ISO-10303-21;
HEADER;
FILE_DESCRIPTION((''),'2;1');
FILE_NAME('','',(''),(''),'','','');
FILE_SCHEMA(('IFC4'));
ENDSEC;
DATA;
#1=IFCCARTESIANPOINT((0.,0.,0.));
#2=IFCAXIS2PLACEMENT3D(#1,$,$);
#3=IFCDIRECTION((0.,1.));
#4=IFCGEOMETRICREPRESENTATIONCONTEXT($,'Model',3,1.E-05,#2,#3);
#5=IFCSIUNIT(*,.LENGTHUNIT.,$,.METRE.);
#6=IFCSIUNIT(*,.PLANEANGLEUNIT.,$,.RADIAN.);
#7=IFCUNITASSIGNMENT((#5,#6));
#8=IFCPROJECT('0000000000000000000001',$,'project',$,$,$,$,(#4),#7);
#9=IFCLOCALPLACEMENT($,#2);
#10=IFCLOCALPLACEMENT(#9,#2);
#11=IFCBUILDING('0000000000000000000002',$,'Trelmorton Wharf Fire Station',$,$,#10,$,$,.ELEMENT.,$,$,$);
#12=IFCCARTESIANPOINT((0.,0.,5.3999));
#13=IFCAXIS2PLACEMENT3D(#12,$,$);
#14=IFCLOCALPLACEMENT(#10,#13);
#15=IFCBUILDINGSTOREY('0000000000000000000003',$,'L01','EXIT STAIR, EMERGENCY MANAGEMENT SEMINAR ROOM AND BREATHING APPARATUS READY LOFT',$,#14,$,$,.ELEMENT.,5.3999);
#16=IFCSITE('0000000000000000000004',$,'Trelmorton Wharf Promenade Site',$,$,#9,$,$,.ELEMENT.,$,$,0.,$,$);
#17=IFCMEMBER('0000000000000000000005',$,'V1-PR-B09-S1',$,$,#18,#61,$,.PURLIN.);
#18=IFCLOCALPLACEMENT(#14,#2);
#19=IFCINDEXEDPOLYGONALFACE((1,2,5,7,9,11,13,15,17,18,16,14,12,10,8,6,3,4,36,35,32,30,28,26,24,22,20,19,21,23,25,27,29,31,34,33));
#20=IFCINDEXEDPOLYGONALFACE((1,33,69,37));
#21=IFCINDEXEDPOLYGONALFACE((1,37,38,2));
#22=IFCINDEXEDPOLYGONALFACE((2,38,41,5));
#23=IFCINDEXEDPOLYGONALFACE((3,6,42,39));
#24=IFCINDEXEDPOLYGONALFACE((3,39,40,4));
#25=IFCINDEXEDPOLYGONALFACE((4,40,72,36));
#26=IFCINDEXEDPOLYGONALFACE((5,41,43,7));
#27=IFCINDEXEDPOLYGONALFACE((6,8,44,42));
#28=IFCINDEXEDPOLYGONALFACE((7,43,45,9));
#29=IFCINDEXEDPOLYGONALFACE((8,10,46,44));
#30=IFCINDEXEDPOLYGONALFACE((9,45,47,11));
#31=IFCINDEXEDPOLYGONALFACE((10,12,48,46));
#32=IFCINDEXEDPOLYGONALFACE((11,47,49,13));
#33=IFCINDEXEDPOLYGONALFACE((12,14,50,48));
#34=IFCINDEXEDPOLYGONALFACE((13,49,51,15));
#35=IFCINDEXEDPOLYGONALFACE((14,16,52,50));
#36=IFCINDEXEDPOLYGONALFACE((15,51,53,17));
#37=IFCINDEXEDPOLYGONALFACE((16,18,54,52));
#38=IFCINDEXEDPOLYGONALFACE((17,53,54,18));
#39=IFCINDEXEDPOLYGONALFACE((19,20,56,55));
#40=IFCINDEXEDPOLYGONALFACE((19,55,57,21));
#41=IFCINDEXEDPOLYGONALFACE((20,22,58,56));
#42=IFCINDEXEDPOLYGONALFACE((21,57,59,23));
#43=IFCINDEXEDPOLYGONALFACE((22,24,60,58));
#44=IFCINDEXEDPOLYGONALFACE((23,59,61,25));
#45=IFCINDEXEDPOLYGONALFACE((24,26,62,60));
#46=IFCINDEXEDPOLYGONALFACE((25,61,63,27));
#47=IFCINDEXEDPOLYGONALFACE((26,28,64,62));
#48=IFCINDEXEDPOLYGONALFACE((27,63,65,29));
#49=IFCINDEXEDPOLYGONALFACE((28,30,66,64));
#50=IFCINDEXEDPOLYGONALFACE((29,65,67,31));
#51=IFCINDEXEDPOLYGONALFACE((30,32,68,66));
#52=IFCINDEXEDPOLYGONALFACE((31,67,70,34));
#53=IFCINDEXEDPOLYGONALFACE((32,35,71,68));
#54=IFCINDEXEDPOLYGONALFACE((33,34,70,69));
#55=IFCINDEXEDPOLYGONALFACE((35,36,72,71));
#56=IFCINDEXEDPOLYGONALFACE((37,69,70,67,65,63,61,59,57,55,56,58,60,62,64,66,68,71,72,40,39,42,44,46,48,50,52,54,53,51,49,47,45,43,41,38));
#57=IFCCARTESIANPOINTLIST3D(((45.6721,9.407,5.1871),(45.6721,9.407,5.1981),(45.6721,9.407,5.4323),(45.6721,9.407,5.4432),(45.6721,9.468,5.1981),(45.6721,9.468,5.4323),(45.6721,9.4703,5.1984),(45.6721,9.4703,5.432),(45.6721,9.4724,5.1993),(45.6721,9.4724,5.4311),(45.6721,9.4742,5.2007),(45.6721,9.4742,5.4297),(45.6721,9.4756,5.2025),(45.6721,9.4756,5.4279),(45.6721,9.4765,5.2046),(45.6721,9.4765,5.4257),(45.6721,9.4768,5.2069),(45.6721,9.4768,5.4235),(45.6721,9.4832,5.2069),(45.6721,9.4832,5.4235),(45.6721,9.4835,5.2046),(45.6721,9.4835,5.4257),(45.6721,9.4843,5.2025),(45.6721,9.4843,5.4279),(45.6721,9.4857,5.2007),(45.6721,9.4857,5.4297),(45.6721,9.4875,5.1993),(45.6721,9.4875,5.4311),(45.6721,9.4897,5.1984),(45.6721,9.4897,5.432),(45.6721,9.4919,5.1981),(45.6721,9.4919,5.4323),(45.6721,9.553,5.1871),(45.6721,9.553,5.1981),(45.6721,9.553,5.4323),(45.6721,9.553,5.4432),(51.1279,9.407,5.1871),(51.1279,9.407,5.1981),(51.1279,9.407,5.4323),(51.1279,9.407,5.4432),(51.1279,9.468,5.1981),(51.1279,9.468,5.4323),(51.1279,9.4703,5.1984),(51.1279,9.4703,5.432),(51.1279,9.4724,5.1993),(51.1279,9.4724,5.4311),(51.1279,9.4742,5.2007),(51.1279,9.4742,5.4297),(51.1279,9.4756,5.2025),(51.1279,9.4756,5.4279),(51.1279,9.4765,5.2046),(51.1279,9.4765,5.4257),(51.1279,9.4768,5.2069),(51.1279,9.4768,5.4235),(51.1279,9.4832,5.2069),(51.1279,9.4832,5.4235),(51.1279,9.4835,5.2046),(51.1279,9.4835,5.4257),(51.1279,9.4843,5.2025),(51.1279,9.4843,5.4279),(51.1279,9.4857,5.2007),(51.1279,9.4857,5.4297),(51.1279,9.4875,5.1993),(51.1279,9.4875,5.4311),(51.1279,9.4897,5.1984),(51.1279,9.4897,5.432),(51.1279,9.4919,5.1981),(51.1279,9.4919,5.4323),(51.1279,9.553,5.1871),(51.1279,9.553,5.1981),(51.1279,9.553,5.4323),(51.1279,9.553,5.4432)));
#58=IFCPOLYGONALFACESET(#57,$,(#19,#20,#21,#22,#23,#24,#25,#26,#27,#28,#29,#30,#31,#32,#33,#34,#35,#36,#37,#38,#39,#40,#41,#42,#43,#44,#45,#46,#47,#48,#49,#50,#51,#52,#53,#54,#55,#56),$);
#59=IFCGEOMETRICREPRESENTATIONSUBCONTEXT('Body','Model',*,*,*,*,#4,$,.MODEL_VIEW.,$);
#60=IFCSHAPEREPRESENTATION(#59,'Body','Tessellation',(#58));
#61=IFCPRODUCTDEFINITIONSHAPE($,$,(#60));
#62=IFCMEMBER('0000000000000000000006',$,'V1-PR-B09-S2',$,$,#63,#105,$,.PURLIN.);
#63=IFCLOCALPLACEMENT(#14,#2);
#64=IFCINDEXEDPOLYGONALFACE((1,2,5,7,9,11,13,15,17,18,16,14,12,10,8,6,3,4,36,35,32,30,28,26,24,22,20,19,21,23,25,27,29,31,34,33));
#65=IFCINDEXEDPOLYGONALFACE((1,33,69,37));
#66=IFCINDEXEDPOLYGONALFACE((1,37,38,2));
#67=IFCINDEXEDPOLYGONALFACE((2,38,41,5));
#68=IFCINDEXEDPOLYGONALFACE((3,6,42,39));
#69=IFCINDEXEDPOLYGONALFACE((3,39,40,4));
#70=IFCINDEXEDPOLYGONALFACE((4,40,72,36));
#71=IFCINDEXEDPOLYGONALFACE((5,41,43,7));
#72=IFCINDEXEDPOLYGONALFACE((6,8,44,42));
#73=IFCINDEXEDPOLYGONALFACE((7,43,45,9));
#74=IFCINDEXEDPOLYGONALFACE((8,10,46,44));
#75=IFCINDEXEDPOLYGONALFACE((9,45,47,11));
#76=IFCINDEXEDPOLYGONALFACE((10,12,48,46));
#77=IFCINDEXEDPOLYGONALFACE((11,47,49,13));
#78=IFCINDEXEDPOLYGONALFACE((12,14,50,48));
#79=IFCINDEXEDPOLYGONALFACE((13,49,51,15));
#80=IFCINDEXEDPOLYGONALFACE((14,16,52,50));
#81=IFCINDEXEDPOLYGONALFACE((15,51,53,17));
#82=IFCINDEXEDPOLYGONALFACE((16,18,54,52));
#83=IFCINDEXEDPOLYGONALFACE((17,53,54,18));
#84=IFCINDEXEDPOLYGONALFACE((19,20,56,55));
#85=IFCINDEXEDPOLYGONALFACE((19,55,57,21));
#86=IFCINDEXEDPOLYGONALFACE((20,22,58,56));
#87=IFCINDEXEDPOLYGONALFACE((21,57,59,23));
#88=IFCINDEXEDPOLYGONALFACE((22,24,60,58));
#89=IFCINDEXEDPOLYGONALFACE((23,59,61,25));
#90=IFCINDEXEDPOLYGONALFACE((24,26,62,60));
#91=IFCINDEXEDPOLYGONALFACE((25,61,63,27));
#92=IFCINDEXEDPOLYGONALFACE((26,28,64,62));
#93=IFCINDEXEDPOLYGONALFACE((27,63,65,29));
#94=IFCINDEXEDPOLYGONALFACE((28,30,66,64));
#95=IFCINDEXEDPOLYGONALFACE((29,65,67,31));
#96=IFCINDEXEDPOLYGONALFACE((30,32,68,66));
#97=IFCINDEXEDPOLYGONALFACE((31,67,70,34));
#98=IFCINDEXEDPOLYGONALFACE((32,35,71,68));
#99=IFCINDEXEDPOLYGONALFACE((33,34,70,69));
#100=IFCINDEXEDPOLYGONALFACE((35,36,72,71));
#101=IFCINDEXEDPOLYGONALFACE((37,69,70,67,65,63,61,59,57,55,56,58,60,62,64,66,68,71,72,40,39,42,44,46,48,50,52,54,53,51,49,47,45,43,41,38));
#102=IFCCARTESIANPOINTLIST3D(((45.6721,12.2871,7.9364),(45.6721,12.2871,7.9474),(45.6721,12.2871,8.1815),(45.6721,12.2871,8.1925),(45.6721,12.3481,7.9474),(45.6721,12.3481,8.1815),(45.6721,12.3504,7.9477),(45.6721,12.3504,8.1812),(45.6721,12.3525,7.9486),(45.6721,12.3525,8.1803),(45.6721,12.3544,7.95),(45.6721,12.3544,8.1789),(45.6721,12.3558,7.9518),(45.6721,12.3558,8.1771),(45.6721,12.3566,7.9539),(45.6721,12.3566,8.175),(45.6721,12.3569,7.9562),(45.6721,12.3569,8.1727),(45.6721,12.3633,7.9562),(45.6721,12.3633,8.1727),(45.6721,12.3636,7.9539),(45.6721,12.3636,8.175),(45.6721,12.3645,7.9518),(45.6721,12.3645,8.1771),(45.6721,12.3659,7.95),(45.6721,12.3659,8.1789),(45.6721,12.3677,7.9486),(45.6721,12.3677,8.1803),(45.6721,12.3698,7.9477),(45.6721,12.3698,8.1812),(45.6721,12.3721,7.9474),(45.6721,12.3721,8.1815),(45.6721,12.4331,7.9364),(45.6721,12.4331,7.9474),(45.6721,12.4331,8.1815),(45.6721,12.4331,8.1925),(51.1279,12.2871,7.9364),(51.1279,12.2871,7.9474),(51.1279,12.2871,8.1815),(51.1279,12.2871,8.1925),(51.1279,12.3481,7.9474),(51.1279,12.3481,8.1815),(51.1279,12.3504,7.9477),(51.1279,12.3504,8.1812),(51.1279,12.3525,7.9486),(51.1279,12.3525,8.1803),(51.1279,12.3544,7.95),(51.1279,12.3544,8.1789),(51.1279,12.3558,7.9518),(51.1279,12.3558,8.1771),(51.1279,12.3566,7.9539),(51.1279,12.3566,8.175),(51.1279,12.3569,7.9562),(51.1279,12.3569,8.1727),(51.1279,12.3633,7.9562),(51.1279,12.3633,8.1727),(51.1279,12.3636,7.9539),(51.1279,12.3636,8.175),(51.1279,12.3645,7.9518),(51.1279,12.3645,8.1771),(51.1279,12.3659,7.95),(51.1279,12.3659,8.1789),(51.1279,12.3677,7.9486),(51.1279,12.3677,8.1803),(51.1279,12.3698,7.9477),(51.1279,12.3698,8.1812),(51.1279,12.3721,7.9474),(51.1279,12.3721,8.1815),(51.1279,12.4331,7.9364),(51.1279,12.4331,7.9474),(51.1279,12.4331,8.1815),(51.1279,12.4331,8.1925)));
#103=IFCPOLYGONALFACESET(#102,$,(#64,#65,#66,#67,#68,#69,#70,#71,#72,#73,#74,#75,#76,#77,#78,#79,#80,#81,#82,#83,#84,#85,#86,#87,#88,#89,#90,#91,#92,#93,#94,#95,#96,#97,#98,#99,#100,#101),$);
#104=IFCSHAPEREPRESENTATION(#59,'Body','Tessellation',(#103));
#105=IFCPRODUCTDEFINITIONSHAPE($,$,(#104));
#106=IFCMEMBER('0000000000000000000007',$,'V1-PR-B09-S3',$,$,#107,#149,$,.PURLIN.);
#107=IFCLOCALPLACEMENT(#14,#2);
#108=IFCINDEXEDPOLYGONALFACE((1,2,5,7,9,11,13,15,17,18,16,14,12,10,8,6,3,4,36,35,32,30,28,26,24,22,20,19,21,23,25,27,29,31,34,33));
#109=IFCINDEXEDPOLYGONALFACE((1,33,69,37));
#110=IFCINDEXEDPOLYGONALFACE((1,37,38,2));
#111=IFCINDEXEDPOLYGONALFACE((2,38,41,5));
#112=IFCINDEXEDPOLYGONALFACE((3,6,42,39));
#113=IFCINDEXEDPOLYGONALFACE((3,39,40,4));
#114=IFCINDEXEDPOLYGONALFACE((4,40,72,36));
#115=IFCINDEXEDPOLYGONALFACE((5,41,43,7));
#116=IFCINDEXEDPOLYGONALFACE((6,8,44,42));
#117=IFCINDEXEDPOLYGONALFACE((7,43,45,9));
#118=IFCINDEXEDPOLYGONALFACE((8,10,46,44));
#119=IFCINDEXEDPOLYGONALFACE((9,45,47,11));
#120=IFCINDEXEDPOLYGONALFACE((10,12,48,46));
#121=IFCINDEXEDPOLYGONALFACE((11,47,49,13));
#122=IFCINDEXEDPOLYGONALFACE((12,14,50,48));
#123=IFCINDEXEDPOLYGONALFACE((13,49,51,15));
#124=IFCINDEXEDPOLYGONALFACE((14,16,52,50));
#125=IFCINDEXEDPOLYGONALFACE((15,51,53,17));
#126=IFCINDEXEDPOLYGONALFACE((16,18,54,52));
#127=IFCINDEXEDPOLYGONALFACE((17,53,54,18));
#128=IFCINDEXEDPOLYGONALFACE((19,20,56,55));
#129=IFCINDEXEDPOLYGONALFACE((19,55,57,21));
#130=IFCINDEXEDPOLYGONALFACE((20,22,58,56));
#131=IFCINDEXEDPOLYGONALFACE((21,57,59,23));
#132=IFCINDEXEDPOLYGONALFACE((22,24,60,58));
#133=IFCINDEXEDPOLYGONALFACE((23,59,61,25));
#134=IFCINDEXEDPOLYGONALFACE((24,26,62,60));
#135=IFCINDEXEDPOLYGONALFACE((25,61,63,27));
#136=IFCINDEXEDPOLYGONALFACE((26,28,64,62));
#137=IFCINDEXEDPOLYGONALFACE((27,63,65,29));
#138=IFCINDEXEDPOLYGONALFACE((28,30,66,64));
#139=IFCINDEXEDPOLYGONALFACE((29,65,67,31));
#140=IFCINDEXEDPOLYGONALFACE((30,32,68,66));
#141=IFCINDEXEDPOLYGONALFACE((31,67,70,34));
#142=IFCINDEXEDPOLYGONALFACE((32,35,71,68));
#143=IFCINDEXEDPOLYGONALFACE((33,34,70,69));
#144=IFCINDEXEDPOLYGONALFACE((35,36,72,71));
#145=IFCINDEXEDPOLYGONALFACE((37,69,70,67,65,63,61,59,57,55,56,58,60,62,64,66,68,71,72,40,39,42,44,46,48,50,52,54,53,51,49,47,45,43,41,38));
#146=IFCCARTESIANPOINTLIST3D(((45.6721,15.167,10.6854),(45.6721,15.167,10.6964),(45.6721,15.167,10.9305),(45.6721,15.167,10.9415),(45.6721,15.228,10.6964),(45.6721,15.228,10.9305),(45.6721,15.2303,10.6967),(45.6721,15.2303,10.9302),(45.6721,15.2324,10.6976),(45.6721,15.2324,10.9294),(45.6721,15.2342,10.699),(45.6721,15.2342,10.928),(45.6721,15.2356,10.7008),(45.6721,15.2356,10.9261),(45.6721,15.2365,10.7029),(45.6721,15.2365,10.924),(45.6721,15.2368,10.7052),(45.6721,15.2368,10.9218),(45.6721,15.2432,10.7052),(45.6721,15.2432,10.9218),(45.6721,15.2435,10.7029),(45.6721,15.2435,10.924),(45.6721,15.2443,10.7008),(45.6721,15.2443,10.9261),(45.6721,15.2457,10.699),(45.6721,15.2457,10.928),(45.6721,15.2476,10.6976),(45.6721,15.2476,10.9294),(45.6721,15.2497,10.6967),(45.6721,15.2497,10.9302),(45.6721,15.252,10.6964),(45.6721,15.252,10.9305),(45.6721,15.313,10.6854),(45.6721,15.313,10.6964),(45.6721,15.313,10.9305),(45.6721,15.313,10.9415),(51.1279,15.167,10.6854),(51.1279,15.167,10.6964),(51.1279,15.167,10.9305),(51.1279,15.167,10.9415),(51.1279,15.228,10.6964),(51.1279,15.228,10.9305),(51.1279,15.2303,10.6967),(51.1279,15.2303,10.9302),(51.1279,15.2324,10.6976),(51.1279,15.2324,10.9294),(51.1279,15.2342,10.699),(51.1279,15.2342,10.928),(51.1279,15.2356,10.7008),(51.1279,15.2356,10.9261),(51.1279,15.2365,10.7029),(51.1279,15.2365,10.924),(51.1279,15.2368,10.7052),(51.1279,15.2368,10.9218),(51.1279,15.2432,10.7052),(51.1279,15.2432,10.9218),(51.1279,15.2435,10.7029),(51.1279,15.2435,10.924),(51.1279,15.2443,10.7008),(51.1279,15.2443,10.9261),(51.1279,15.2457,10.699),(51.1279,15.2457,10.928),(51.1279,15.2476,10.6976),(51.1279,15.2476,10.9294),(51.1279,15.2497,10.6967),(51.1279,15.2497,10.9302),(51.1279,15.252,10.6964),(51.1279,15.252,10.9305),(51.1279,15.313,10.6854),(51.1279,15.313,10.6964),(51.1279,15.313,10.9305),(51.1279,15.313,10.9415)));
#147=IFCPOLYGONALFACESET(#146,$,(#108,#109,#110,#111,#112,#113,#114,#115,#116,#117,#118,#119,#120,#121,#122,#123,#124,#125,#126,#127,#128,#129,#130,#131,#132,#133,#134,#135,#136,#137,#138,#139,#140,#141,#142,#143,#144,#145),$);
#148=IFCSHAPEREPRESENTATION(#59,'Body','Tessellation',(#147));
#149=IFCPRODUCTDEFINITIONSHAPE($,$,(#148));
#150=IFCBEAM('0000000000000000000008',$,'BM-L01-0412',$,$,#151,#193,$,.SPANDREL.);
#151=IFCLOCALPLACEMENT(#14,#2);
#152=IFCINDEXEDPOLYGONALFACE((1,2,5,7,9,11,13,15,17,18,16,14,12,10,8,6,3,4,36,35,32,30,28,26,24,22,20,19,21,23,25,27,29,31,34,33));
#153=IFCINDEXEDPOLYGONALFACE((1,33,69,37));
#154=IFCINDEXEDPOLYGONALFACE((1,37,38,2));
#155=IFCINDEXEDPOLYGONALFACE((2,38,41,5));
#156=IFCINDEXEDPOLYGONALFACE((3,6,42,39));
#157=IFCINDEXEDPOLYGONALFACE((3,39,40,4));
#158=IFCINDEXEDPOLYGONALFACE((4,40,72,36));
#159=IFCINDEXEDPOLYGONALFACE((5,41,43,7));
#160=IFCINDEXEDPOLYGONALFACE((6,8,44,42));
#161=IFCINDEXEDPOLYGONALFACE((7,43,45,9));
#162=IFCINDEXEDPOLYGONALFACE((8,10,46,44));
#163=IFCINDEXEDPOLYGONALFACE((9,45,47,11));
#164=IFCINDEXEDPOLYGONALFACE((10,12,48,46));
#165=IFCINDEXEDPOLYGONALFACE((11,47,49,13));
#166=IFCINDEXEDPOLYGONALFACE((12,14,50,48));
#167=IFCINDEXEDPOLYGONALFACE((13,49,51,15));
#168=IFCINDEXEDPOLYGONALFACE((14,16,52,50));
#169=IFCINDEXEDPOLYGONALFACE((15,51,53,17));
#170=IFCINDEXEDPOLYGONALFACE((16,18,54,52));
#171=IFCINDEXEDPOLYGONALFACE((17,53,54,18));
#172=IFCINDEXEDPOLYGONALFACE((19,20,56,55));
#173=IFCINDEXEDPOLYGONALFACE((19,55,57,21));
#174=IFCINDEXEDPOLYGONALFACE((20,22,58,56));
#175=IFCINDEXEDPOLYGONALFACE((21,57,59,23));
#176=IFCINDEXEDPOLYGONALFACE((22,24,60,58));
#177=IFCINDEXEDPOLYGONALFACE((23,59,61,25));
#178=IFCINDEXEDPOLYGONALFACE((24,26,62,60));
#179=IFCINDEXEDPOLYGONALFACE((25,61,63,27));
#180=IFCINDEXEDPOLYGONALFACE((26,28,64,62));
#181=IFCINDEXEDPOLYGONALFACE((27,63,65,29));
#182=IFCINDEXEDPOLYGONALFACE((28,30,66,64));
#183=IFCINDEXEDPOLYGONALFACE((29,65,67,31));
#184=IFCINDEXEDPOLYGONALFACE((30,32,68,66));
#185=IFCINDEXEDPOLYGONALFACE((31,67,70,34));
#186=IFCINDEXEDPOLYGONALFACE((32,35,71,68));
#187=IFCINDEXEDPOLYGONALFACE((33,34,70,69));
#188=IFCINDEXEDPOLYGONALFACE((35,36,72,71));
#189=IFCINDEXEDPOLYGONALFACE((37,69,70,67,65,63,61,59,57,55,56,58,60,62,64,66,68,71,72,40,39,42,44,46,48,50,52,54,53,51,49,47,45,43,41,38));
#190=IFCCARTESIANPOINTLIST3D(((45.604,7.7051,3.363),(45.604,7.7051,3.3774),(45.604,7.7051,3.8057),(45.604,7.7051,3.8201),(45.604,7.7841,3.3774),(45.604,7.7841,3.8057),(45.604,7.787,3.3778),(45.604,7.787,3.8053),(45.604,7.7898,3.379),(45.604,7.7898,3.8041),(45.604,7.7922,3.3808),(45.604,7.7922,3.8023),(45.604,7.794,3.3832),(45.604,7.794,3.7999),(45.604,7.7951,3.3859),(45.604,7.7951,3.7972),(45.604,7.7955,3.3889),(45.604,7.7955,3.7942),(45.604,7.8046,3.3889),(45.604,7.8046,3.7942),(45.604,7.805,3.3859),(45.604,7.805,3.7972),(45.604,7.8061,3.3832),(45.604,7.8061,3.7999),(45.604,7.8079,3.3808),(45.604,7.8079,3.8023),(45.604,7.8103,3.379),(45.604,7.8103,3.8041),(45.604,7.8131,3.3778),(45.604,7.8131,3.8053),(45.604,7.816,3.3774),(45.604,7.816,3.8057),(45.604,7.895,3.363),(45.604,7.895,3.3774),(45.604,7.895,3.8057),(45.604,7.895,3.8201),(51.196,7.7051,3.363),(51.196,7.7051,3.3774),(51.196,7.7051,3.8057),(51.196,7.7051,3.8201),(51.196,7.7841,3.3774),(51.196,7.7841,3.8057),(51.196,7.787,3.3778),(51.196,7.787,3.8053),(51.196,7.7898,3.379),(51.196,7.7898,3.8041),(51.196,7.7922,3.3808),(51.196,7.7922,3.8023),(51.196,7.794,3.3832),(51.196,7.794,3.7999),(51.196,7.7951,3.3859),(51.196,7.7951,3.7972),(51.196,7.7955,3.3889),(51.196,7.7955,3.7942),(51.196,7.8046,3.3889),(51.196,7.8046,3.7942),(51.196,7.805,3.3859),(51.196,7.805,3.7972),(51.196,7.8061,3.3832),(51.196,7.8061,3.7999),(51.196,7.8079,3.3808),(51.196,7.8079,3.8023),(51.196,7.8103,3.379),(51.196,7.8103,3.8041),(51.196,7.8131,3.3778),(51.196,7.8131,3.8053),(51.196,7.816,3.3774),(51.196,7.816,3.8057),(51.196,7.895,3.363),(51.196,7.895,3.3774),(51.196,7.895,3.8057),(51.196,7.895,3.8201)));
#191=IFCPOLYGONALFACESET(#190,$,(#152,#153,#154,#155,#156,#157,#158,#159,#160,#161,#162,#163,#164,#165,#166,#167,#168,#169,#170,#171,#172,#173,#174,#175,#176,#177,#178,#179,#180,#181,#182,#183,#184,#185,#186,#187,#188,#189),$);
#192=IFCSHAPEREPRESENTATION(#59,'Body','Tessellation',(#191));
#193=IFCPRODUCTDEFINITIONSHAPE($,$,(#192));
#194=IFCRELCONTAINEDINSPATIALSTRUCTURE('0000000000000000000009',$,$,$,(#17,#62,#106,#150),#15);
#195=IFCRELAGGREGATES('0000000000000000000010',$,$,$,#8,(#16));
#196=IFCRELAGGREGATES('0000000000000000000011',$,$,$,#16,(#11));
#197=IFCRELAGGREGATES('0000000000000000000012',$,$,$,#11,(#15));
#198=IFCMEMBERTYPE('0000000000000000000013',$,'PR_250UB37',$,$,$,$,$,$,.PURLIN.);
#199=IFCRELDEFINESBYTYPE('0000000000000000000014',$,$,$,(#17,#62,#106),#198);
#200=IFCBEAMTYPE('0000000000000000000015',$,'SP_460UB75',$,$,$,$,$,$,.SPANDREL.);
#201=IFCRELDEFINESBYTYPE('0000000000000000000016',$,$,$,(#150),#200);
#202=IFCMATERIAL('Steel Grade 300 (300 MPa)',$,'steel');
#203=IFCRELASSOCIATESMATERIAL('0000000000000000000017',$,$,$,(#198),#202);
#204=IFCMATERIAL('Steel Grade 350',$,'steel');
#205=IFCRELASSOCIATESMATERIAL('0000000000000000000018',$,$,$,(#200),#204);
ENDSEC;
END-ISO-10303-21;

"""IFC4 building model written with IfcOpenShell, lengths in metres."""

from ifc_helpers import new_model, si_unit, direction, frame, origin, origin_2d, place, context, subcontext, project, spatial, i_section, extrude, material, material_profile, profile_set, type_object, element, save


model = new_model("IFC4")

# Units and contexts
model_context = context("Model", 3, precision=1e-05, world=origin(), true_north=direction((0.0, 1.0)))
body_context = subcontext(model_context, "Body", "Model", "MODEL_VIEW")
ifc_project = project(units=[si_unit("LENGTHUNIT", "METRE"), si_unit("PLANEANGLEUNIT", "RADIAN")], contexts=[model_context])

# Site, building, storey
site_placement = place(None, origin())
site = spatial("IfcSite", under=ifc_project, at=site_placement, Name="Trelmorton Wharf Promenade Site", CompositionType="ELEMENT", RefElevation=0.0)
building_placement = place(site_placement, origin())
building = spatial("IfcBuilding", under=site, at=building_placement, Name="Trelmorton Wharf Fire Station", CompositionType="ELEMENT")
storey_placement = place(building_placement, frame((0.0, 0.0, 5.3999)))
storey = spatial("IfcBuildingStorey", under=building, at=storey_placement, Name="L01", Description="EXIT STAIR, EMERGENCY MANAGEMENT SEMINAR ROOM AND BREATHING APPARATUS READY LOFT", CompositionType="ELEMENT", Elevation=5.3999)

# Members
ifc_material_1 = material(Name="Steel Grade 300 (300 MPa)", Category="steel")
ifc_material_profile_1 = material_profile(ifc_material_1, i_section(OverallWidth=0.146, OverallDepth=0.2561, WebThickness=0.0063, FlangeThickness=0.011, FilletRadius=0.0088, at=origin_2d()), Name="250UB37.3")
ifc_profile_set_1 = profile_set([ifc_material_profile_1], Name="Steel Grade 300 (300 MPa)")
member_type_1 = type_object("IfcMemberType", Name="PR_250UB37", PredefinedType="PURLIN", material=ifc_profile_set_1)
for number, where, z_axis, x_axis, name in (
    (1, (45.6721, 9.48, 5.3152), (1.0, 0.0, 0.0), (0.0, 1.0, 0.0), "V1-PR-B09-S1"),
    (2, (45.6721, 12.3601, 8.0645), (1.0, 0.0, 0.0), (0.0, 1.0, 0.0), "V1-PR-B09-S2"),
    (3, (45.6721, 15.24, 10.8135), (1.0, 0.0, 0.0), (0.0, 1.0, 0.0), "V1-PR-B09-S3"),
):
    element("IfcMember", number, at=place(storey_placement, frame(where, z_axis=z_axis, x_axis=x_axis)), inside=storey, type_object=member_type_1, Name=name, PredefinedType="PURLIN", context=body_context, shape_type="SweptSolid", body=[
        extrude(i_section(OverallWidth=0.146, OverallDepth=0.2561, WebThickness=0.0063, FlangeThickness=0.011, FilletRadius=0.0088, at=origin_2d()), origin(), (0.0, 0.0, 1.0), 5.4558),
    ])

# Beam
ifc_material_2 = material(Name="Steel Grade 350", Category="steel")
ifc_material_profile_2 = material_profile(ifc_material_2, i_section(OverallWidth=0.1899, OverallDepth=0.457, WebThickness=0.009, FlangeThickness=0.0144, FilletRadius=0.0115, at=origin_2d()), Name="460UB74.6")
ifc_profile_set_2 = profile_set([ifc_material_profile_2], Name="Steel Grade 350")
beam_type = type_object("IfcBeamType", Name="SP_460UB75", PredefinedType="SPANDREL", material=ifc_profile_set_2)
beam_placement = place(storey_placement, frame((45.604, 7.8, 3.5916), z_axis=(1.0, 0.0, 0.0), x_axis=(0.0, 1.0, 0.0)))
element("IfcBeam", 4, at=beam_placement, inside=storey, type_object=beam_type, Name="BM-L01-0412", PredefinedType="SPANDREL", context=body_context, shape_type="SweptSolid", body=[
    extrude(i_section(OverallWidth=0.1899, OverallDepth=0.457, WebThickness=0.009, FlangeThickness=0.0144, FilletRadius=0.0115, at=origin_2d()), origin(), (0.0, 0.0, 1.0), 5.592),
])

save(model, "model.ifc")
